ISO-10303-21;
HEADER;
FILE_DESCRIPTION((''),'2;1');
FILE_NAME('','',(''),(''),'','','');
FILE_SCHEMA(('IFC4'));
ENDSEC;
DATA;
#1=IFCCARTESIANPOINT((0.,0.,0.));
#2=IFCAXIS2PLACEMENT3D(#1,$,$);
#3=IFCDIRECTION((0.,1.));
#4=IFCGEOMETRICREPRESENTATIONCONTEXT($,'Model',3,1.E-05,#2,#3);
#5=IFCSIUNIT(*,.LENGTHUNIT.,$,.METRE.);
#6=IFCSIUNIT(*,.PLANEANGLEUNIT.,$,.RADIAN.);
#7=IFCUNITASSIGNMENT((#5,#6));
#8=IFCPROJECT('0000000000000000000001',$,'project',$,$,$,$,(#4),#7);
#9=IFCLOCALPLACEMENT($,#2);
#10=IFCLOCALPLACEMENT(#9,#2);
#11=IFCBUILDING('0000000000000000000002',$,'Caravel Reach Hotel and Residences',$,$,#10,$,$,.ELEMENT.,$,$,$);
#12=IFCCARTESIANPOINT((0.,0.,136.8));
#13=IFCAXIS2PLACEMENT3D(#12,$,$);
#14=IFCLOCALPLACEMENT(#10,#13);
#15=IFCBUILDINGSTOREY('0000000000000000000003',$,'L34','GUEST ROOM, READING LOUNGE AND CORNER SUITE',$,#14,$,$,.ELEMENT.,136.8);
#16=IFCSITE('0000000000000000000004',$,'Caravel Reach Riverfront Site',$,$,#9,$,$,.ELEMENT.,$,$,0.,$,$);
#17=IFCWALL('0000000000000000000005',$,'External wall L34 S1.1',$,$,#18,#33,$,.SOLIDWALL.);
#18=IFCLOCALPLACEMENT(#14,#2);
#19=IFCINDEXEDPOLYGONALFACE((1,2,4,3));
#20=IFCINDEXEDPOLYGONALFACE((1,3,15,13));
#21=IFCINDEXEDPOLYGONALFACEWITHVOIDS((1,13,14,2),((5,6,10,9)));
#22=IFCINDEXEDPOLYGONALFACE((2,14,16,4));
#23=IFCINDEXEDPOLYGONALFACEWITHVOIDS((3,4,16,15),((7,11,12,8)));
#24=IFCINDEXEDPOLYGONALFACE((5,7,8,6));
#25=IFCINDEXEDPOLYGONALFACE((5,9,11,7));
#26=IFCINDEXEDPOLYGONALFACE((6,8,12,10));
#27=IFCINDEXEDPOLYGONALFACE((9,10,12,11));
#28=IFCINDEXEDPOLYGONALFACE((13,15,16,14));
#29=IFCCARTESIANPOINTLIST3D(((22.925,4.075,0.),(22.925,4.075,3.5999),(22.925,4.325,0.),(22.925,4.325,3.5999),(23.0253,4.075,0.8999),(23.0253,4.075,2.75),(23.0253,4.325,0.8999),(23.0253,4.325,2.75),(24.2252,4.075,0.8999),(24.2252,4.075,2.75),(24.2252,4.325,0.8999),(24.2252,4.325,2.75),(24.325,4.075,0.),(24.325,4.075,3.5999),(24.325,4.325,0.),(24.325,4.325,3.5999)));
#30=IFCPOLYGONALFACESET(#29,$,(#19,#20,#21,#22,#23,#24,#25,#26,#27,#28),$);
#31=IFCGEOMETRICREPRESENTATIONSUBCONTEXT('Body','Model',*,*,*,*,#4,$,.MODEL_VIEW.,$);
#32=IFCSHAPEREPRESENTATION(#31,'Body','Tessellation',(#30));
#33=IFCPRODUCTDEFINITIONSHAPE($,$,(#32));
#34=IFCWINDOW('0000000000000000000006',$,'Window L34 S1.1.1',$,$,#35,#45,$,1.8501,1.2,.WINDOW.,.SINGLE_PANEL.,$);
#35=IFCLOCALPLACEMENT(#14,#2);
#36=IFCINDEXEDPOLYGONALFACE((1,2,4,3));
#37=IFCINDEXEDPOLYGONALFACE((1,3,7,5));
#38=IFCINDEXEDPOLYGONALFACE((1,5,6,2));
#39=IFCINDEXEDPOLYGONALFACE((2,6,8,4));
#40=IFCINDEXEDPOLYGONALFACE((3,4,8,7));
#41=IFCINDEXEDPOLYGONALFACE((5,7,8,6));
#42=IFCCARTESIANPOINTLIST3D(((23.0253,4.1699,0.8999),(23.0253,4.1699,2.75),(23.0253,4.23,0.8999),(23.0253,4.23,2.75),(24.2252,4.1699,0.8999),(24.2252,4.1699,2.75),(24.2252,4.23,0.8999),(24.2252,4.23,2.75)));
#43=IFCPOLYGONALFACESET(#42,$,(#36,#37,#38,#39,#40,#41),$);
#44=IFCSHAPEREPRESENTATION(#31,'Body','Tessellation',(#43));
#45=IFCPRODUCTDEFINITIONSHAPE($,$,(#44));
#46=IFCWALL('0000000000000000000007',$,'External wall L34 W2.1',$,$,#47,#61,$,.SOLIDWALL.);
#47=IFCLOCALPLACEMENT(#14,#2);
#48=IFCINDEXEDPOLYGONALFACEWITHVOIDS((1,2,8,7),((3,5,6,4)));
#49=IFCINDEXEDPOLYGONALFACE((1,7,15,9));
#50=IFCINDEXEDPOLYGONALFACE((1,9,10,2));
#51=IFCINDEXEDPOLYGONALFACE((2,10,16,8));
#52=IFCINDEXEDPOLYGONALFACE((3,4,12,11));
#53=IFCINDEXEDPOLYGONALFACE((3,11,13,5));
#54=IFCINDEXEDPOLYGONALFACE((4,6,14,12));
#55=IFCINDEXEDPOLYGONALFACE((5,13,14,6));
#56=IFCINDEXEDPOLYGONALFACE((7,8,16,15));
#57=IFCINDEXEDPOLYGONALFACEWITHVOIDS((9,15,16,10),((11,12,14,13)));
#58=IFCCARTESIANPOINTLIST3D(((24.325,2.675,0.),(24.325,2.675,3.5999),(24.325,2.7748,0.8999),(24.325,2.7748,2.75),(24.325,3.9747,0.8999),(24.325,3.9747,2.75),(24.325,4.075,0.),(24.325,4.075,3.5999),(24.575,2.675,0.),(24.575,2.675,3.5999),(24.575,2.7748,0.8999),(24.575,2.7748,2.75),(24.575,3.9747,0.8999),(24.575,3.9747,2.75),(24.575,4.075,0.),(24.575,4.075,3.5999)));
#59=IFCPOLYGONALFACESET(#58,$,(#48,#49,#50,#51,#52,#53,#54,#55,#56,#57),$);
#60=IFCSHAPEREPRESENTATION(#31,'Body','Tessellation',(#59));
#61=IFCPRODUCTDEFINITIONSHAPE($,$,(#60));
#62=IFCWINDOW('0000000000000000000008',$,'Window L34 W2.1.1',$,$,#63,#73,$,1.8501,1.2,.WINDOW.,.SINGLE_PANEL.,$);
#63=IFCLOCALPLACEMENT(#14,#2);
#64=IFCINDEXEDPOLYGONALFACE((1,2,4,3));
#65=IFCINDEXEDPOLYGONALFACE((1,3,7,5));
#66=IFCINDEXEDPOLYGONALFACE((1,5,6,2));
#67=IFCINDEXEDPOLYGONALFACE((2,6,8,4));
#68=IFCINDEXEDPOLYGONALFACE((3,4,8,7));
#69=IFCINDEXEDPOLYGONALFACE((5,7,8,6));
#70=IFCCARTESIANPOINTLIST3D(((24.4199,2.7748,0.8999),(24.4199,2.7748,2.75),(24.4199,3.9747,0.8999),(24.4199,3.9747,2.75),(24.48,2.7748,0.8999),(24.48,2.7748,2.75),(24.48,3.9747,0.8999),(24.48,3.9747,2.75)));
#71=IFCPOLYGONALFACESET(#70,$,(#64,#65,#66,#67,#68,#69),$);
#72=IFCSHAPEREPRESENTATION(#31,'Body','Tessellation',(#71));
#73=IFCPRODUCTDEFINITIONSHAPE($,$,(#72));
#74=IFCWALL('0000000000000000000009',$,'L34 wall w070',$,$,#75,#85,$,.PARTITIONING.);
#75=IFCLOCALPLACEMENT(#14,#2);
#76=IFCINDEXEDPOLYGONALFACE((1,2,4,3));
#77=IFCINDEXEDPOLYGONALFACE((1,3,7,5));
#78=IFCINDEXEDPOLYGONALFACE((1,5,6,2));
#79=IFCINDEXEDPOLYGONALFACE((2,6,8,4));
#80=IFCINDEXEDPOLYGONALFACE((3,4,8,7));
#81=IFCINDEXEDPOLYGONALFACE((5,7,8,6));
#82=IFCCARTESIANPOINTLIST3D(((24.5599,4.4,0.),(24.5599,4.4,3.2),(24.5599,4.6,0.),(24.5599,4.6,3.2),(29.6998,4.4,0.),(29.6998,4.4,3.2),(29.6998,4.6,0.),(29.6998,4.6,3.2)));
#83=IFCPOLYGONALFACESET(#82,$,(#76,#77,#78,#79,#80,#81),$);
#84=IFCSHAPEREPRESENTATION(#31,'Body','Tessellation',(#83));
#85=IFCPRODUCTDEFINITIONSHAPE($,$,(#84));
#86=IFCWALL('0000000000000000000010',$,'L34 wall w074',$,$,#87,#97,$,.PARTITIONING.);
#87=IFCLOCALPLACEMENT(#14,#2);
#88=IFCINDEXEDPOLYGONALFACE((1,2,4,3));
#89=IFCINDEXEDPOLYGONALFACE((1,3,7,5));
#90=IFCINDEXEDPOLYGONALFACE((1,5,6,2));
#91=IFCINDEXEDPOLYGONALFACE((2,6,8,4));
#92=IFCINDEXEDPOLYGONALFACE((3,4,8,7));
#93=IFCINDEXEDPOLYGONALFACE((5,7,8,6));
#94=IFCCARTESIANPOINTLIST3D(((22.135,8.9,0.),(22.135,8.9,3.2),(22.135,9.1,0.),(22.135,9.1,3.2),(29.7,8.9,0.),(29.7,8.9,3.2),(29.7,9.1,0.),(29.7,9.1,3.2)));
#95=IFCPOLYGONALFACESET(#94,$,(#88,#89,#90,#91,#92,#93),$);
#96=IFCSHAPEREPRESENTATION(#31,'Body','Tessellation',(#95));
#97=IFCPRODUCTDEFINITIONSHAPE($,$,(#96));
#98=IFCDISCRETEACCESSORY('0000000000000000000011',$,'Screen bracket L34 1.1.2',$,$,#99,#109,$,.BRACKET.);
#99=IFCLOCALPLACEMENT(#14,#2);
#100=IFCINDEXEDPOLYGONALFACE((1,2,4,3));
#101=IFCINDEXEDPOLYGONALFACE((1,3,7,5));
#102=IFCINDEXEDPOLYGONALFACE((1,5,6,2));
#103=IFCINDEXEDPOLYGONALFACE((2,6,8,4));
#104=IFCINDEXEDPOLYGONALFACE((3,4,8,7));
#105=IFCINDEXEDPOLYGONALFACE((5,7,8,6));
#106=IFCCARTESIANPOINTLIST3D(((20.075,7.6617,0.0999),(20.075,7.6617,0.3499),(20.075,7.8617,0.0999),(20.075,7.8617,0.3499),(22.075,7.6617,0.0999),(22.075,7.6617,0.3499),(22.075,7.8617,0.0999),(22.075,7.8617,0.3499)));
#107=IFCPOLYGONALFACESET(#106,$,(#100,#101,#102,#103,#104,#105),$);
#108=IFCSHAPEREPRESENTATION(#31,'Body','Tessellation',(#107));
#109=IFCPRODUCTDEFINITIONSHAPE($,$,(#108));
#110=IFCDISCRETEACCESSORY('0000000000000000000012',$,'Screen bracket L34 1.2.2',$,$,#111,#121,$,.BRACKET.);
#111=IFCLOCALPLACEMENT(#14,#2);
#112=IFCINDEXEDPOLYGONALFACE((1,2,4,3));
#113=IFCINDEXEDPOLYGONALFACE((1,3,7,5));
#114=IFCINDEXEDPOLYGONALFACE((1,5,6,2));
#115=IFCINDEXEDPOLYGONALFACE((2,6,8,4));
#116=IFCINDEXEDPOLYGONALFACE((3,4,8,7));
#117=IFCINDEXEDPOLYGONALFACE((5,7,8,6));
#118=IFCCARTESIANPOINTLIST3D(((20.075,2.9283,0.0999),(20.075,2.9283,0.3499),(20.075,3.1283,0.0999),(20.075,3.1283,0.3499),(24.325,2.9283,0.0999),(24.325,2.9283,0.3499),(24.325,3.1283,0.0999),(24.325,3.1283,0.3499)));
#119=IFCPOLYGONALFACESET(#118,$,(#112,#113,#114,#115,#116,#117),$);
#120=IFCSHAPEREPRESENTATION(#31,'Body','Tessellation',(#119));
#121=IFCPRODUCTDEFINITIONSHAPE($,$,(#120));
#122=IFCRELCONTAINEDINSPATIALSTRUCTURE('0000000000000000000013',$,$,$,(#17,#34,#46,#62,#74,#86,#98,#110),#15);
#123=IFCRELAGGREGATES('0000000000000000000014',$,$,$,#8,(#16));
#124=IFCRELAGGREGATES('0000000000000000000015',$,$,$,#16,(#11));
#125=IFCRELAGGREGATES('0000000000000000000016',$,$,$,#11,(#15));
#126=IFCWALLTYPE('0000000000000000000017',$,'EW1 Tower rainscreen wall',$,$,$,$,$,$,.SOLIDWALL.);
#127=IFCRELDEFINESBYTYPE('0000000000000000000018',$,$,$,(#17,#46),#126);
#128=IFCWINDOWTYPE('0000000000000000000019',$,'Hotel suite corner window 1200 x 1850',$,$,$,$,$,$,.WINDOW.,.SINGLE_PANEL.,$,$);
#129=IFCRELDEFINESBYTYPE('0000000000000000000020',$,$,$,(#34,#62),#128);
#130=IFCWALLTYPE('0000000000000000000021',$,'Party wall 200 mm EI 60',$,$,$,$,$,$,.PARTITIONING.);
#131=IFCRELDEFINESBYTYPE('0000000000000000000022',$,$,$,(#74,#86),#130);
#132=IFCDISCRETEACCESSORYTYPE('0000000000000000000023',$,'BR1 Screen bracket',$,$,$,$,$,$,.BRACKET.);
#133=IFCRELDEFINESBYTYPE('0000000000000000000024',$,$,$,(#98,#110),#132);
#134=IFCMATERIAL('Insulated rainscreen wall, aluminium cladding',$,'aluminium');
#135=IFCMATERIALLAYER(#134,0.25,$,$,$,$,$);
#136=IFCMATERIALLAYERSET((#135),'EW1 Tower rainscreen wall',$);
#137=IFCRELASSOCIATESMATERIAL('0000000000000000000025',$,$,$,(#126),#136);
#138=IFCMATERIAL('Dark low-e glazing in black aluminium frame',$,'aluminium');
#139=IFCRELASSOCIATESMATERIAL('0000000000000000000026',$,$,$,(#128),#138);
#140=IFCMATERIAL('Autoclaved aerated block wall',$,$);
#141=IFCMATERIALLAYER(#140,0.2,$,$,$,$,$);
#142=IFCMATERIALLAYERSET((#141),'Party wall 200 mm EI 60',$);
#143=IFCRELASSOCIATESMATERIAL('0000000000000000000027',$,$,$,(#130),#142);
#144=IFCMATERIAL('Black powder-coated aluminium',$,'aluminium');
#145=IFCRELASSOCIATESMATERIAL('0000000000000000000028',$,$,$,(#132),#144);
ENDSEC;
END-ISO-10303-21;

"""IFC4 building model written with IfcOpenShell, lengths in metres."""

from ifc_helpers import new_model, si_unit, direction, frame, frame_2d, origin, origin_2d, place, context, subcontext, project, spatial, rectangle, extrude, material, layer, layer_set, type_object, element, fill, save


model = new_model("IFC4")

# Units and contexts
model_context = context("Model", 3, precision=1e-05, world=origin(), true_north=direction((0.0, 1.0)))
body_context = subcontext(model_context, "Body", "Model", "MODEL_VIEW")
ifc_project = project(units=[si_unit("LENGTHUNIT", "METRE"), si_unit("PLANEANGLEUNIT", "RADIAN")], contexts=[model_context])

# Site, building, storey
site_placement = place(None, origin())
site = spatial("IfcSite", under=ifc_project, at=site_placement, Name="Caravel Reach Riverfront Site", CompositionType="ELEMENT", RefElevation=0.0)
building_placement = place(site_placement, origin())
building = spatial("IfcBuilding", under=site, at=building_placement, Name="Caravel Reach Hotel and Residences", CompositionType="ELEMENT")
storey_placement = place(building_placement, frame((0.0, 0.0, 136.8)))
storey = spatial("IfcBuildingStorey", under=building, at=storey_placement, Name="L34", Description="GUEST ROOM, READING LOUNGE AND CORNER SUITE", CompositionType="ELEMENT", Elevation=136.8)

# Walls, openings, windows
ifc_material_1 = material(Name="Insulated rainscreen wall, aluminium cladding", Category="aluminium")
ifc_layer_1 = layer(ifc_material_1, 0.25)
ifc_layer_set_1 = layer_set([ifc_layer_1], Name="EW1 Tower rainscreen wall")
wall_type_1 = type_object("IfcWallType", Name="EW1 Tower rainscreen wall", PredefinedType="SOLIDWALL", material=ifc_layer_set_1)
wall_1_placement = place(storey_placement, frame((22.925, 4.2, 0.0), z_axis=(0.0, 0.0, 1.0), x_axis=(1.0, 0.0, 0.0)))
wall_1 = element("IfcWall", 1, at=wall_1_placement, inside=storey, type_object=wall_type_1, Name="External wall L34 S1.1", PredefinedType="SOLIDWALL", context=body_context, shape_type="SweptSolid", body=[
    extrude(rectangle(XDim=1.3999, YDim=0.25, at=frame_2d((0.7, 0.0))), origin(), (0.0, 0.0, 1.0), 3.5999),
])
opening_1_placement = place(wall_1_placement, frame((0.1001, 0.0, 0.8999)))
opening_1 = element("IfcOpeningElement", 2, at=opening_1_placement, cuts=wall_1, PredefinedType="OPENING", context=body_context, shape_type="SweptSolid", body=[
    extrude(rectangle(XDim=1.2, YDim=1.8501, at=frame_2d((0.6001, 0.925))), frame((0.0, 0.135, 0.0), z_axis=(0.0, -1.0, 0.0), x_axis=(1.0, 0.0, 0.0)), (0.0, 0.0, 1.0), 0.27),
])
ifc_material_2 = material(Name="Dark low-e glazing in black aluminium frame", Category="aluminium")
window_type = type_object("IfcWindowType", Name="Hotel suite corner window 1200 x 1850", PartitioningType="SINGLE_PANEL", PredefinedType="WINDOW", material=ifc_material_2)
window_1_placement = place(opening_1_placement, origin())
window_1 = element("IfcWindow", 3, at=window_1_placement, inside=storey, type_object=window_type, Name="Window L34 S1.1.1", OverallHeight=1.8501, OverallWidth=1.2, PartitioningType="SINGLE_PANEL", PredefinedType="WINDOW", context=body_context, shape_type="SweptSolid", body=[
    extrude(rectangle(XDim=1.2, YDim=1.8501, at=frame_2d((0.6001, 0.925))), frame((0.0, 0.03, 0.0), z_axis=(0.0, -1.0, 0.0), x_axis=(1.0, 0.0, 0.0)), (0.0, 0.0, 1.0), 0.0601),
])
fill(opening_1, window_1)
wall_2_placement = place(storey_placement, frame((24.45, 4.075, 0.0), z_axis=(0.0, 0.0, 1.0), x_axis=(0.0, -1.0, 0.0)))
wall_2 = element("IfcWall", 4, at=wall_2_placement, inside=storey, type_object=wall_type_1, Name="External wall L34 W2.1", PredefinedType="SOLIDWALL", context=body_context, shape_type="SweptSolid", body=[
    extrude(rectangle(XDim=1.3999, YDim=0.25, at=frame_2d((0.7, 0.0))), origin(), (0.0, 0.0, 1.0), 3.5999),
])
opening_2_placement = place(wall_2_placement, frame((0.1001, 0.0, 0.8999)))
opening_2 = element("IfcOpeningElement", 5, at=opening_2_placement, cuts=wall_2, PredefinedType="OPENING", context=body_context, shape_type="SweptSolid", body=[
    extrude(rectangle(XDim=1.2, YDim=1.8501, at=frame_2d((0.6001, 0.925))), frame((0.0, 0.135, 0.0), z_axis=(0.0, -1.0, 0.0), x_axis=(1.0, 0.0, 0.0)), (0.0, 0.0, 1.0), 0.27),
])
window_2_placement = place(opening_2_placement, origin())
window_2 = element("IfcWindow", 6, at=window_2_placement, inside=storey, type_object=window_type, Name="Window L34 W2.1.1", OverallHeight=1.8501, OverallWidth=1.2, PartitioningType="SINGLE_PANEL", PredefinedType="WINDOW", context=body_context, shape_type="SweptSolid", body=[
    extrude(rectangle(XDim=1.2, YDim=1.8501, at=frame_2d((0.6001, 0.925))), frame((0.0, 0.03, 0.0), z_axis=(0.0, -1.0, 0.0), x_axis=(1.0, 0.0, 0.0)), (0.0, 0.0, 1.0), 0.0601),
])
fill(opening_2, window_2)

# Walls
ifc_material_3 = material(Name="Autoclaved aerated block wall")
ifc_layer_2 = layer(ifc_material_3, 0.2)
ifc_layer_set_2 = layer_set([ifc_layer_2], Name="Party wall 200 mm EI 60")
wall_type_2 = type_object("IfcWallType", Name="Party wall 200 mm EI 60", PredefinedType="PARTITIONING", material=ifc_layer_set_2)
wall_3_placement = place(storey_placement, frame((24.5601, 4.5, 0.0), z_axis=(0.0, 0.0, 1.0), x_axis=(1.0, 0.0, 0.0)))
element("IfcWall", 7, at=wall_3_placement, inside=storey, type_object=wall_type_2, Name="L34 wall w070", PredefinedType="PARTITIONING", context=body_context, shape_type="SweptSolid", body=[
    extrude(rectangle(XDim=5.1399, YDim=0.2, at=frame_2d((2.5698, 0.0))), origin(), (0.0, 0.0, 1.0), 3.2),
])
wall_4_placement = place(storey_placement, frame((22.135, 9.0, 0.0), z_axis=(0.0, 0.0, 1.0), x_axis=(1.0, 0.0, 0.0)))
element("IfcWall", 8, at=wall_4_placement, inside=storey, type_object=wall_type_2, Name="L34 wall w074", PredefinedType="PARTITIONING", context=body_context, shape_type="SweptSolid", body=[
    extrude(rectangle(XDim=7.5649, YDim=0.2, at=frame_2d((3.7825, 0.0))), origin(), (0.0, 0.0, 1.0), 3.2),
])

# Discrete accessories
ifc_material_4 = material(Name="Black powder-coated aluminium", Category="aluminium")
discrete_accessory_type = type_object("IfcDiscreteAccessoryType", Name="BR1 Screen bracket", PredefinedType="BRACKET", material=ifc_material_4)
discrete_accessory_1_placement = place(storey_placement, frame((21.075, 7.7617, 0.0999), z_axis=(0.0, 0.0, 1.0), x_axis=(-1.0, 0.0, 0.0)))
element("IfcDiscreteAccessory", 9, at=discrete_accessory_1_placement, inside=storey, type_object=discrete_accessory_type, Name="Screen bracket L34 1.1.2", PredefinedType="BRACKET", context=body_context, shape_type="SweptSolid", body=[
    extrude(rectangle(XDim=2.0, YDim=0.2, at=origin_2d()), origin(), (0.0, 0.0, 1.0), 0.25),
])
discrete_accessory_2_placement = place(storey_placement, frame((22.2, 3.0283, 0.0999), z_axis=(0.0, 0.0, 1.0), x_axis=(-1.0, 0.0, 0.0)))
element("IfcDiscreteAccessory", 10, at=discrete_accessory_2_placement, inside=storey, type_object=discrete_accessory_type, Name="Screen bracket L34 1.2.2", PredefinedType="BRACKET", context=body_context, shape_type="SweptSolid", body=[
    extrude(rectangle(XDim=4.25, YDim=0.2, at=origin_2d()), origin(), (0.0, 0.0, 1.0), 0.25),
])

save(model, "model.ifc")
